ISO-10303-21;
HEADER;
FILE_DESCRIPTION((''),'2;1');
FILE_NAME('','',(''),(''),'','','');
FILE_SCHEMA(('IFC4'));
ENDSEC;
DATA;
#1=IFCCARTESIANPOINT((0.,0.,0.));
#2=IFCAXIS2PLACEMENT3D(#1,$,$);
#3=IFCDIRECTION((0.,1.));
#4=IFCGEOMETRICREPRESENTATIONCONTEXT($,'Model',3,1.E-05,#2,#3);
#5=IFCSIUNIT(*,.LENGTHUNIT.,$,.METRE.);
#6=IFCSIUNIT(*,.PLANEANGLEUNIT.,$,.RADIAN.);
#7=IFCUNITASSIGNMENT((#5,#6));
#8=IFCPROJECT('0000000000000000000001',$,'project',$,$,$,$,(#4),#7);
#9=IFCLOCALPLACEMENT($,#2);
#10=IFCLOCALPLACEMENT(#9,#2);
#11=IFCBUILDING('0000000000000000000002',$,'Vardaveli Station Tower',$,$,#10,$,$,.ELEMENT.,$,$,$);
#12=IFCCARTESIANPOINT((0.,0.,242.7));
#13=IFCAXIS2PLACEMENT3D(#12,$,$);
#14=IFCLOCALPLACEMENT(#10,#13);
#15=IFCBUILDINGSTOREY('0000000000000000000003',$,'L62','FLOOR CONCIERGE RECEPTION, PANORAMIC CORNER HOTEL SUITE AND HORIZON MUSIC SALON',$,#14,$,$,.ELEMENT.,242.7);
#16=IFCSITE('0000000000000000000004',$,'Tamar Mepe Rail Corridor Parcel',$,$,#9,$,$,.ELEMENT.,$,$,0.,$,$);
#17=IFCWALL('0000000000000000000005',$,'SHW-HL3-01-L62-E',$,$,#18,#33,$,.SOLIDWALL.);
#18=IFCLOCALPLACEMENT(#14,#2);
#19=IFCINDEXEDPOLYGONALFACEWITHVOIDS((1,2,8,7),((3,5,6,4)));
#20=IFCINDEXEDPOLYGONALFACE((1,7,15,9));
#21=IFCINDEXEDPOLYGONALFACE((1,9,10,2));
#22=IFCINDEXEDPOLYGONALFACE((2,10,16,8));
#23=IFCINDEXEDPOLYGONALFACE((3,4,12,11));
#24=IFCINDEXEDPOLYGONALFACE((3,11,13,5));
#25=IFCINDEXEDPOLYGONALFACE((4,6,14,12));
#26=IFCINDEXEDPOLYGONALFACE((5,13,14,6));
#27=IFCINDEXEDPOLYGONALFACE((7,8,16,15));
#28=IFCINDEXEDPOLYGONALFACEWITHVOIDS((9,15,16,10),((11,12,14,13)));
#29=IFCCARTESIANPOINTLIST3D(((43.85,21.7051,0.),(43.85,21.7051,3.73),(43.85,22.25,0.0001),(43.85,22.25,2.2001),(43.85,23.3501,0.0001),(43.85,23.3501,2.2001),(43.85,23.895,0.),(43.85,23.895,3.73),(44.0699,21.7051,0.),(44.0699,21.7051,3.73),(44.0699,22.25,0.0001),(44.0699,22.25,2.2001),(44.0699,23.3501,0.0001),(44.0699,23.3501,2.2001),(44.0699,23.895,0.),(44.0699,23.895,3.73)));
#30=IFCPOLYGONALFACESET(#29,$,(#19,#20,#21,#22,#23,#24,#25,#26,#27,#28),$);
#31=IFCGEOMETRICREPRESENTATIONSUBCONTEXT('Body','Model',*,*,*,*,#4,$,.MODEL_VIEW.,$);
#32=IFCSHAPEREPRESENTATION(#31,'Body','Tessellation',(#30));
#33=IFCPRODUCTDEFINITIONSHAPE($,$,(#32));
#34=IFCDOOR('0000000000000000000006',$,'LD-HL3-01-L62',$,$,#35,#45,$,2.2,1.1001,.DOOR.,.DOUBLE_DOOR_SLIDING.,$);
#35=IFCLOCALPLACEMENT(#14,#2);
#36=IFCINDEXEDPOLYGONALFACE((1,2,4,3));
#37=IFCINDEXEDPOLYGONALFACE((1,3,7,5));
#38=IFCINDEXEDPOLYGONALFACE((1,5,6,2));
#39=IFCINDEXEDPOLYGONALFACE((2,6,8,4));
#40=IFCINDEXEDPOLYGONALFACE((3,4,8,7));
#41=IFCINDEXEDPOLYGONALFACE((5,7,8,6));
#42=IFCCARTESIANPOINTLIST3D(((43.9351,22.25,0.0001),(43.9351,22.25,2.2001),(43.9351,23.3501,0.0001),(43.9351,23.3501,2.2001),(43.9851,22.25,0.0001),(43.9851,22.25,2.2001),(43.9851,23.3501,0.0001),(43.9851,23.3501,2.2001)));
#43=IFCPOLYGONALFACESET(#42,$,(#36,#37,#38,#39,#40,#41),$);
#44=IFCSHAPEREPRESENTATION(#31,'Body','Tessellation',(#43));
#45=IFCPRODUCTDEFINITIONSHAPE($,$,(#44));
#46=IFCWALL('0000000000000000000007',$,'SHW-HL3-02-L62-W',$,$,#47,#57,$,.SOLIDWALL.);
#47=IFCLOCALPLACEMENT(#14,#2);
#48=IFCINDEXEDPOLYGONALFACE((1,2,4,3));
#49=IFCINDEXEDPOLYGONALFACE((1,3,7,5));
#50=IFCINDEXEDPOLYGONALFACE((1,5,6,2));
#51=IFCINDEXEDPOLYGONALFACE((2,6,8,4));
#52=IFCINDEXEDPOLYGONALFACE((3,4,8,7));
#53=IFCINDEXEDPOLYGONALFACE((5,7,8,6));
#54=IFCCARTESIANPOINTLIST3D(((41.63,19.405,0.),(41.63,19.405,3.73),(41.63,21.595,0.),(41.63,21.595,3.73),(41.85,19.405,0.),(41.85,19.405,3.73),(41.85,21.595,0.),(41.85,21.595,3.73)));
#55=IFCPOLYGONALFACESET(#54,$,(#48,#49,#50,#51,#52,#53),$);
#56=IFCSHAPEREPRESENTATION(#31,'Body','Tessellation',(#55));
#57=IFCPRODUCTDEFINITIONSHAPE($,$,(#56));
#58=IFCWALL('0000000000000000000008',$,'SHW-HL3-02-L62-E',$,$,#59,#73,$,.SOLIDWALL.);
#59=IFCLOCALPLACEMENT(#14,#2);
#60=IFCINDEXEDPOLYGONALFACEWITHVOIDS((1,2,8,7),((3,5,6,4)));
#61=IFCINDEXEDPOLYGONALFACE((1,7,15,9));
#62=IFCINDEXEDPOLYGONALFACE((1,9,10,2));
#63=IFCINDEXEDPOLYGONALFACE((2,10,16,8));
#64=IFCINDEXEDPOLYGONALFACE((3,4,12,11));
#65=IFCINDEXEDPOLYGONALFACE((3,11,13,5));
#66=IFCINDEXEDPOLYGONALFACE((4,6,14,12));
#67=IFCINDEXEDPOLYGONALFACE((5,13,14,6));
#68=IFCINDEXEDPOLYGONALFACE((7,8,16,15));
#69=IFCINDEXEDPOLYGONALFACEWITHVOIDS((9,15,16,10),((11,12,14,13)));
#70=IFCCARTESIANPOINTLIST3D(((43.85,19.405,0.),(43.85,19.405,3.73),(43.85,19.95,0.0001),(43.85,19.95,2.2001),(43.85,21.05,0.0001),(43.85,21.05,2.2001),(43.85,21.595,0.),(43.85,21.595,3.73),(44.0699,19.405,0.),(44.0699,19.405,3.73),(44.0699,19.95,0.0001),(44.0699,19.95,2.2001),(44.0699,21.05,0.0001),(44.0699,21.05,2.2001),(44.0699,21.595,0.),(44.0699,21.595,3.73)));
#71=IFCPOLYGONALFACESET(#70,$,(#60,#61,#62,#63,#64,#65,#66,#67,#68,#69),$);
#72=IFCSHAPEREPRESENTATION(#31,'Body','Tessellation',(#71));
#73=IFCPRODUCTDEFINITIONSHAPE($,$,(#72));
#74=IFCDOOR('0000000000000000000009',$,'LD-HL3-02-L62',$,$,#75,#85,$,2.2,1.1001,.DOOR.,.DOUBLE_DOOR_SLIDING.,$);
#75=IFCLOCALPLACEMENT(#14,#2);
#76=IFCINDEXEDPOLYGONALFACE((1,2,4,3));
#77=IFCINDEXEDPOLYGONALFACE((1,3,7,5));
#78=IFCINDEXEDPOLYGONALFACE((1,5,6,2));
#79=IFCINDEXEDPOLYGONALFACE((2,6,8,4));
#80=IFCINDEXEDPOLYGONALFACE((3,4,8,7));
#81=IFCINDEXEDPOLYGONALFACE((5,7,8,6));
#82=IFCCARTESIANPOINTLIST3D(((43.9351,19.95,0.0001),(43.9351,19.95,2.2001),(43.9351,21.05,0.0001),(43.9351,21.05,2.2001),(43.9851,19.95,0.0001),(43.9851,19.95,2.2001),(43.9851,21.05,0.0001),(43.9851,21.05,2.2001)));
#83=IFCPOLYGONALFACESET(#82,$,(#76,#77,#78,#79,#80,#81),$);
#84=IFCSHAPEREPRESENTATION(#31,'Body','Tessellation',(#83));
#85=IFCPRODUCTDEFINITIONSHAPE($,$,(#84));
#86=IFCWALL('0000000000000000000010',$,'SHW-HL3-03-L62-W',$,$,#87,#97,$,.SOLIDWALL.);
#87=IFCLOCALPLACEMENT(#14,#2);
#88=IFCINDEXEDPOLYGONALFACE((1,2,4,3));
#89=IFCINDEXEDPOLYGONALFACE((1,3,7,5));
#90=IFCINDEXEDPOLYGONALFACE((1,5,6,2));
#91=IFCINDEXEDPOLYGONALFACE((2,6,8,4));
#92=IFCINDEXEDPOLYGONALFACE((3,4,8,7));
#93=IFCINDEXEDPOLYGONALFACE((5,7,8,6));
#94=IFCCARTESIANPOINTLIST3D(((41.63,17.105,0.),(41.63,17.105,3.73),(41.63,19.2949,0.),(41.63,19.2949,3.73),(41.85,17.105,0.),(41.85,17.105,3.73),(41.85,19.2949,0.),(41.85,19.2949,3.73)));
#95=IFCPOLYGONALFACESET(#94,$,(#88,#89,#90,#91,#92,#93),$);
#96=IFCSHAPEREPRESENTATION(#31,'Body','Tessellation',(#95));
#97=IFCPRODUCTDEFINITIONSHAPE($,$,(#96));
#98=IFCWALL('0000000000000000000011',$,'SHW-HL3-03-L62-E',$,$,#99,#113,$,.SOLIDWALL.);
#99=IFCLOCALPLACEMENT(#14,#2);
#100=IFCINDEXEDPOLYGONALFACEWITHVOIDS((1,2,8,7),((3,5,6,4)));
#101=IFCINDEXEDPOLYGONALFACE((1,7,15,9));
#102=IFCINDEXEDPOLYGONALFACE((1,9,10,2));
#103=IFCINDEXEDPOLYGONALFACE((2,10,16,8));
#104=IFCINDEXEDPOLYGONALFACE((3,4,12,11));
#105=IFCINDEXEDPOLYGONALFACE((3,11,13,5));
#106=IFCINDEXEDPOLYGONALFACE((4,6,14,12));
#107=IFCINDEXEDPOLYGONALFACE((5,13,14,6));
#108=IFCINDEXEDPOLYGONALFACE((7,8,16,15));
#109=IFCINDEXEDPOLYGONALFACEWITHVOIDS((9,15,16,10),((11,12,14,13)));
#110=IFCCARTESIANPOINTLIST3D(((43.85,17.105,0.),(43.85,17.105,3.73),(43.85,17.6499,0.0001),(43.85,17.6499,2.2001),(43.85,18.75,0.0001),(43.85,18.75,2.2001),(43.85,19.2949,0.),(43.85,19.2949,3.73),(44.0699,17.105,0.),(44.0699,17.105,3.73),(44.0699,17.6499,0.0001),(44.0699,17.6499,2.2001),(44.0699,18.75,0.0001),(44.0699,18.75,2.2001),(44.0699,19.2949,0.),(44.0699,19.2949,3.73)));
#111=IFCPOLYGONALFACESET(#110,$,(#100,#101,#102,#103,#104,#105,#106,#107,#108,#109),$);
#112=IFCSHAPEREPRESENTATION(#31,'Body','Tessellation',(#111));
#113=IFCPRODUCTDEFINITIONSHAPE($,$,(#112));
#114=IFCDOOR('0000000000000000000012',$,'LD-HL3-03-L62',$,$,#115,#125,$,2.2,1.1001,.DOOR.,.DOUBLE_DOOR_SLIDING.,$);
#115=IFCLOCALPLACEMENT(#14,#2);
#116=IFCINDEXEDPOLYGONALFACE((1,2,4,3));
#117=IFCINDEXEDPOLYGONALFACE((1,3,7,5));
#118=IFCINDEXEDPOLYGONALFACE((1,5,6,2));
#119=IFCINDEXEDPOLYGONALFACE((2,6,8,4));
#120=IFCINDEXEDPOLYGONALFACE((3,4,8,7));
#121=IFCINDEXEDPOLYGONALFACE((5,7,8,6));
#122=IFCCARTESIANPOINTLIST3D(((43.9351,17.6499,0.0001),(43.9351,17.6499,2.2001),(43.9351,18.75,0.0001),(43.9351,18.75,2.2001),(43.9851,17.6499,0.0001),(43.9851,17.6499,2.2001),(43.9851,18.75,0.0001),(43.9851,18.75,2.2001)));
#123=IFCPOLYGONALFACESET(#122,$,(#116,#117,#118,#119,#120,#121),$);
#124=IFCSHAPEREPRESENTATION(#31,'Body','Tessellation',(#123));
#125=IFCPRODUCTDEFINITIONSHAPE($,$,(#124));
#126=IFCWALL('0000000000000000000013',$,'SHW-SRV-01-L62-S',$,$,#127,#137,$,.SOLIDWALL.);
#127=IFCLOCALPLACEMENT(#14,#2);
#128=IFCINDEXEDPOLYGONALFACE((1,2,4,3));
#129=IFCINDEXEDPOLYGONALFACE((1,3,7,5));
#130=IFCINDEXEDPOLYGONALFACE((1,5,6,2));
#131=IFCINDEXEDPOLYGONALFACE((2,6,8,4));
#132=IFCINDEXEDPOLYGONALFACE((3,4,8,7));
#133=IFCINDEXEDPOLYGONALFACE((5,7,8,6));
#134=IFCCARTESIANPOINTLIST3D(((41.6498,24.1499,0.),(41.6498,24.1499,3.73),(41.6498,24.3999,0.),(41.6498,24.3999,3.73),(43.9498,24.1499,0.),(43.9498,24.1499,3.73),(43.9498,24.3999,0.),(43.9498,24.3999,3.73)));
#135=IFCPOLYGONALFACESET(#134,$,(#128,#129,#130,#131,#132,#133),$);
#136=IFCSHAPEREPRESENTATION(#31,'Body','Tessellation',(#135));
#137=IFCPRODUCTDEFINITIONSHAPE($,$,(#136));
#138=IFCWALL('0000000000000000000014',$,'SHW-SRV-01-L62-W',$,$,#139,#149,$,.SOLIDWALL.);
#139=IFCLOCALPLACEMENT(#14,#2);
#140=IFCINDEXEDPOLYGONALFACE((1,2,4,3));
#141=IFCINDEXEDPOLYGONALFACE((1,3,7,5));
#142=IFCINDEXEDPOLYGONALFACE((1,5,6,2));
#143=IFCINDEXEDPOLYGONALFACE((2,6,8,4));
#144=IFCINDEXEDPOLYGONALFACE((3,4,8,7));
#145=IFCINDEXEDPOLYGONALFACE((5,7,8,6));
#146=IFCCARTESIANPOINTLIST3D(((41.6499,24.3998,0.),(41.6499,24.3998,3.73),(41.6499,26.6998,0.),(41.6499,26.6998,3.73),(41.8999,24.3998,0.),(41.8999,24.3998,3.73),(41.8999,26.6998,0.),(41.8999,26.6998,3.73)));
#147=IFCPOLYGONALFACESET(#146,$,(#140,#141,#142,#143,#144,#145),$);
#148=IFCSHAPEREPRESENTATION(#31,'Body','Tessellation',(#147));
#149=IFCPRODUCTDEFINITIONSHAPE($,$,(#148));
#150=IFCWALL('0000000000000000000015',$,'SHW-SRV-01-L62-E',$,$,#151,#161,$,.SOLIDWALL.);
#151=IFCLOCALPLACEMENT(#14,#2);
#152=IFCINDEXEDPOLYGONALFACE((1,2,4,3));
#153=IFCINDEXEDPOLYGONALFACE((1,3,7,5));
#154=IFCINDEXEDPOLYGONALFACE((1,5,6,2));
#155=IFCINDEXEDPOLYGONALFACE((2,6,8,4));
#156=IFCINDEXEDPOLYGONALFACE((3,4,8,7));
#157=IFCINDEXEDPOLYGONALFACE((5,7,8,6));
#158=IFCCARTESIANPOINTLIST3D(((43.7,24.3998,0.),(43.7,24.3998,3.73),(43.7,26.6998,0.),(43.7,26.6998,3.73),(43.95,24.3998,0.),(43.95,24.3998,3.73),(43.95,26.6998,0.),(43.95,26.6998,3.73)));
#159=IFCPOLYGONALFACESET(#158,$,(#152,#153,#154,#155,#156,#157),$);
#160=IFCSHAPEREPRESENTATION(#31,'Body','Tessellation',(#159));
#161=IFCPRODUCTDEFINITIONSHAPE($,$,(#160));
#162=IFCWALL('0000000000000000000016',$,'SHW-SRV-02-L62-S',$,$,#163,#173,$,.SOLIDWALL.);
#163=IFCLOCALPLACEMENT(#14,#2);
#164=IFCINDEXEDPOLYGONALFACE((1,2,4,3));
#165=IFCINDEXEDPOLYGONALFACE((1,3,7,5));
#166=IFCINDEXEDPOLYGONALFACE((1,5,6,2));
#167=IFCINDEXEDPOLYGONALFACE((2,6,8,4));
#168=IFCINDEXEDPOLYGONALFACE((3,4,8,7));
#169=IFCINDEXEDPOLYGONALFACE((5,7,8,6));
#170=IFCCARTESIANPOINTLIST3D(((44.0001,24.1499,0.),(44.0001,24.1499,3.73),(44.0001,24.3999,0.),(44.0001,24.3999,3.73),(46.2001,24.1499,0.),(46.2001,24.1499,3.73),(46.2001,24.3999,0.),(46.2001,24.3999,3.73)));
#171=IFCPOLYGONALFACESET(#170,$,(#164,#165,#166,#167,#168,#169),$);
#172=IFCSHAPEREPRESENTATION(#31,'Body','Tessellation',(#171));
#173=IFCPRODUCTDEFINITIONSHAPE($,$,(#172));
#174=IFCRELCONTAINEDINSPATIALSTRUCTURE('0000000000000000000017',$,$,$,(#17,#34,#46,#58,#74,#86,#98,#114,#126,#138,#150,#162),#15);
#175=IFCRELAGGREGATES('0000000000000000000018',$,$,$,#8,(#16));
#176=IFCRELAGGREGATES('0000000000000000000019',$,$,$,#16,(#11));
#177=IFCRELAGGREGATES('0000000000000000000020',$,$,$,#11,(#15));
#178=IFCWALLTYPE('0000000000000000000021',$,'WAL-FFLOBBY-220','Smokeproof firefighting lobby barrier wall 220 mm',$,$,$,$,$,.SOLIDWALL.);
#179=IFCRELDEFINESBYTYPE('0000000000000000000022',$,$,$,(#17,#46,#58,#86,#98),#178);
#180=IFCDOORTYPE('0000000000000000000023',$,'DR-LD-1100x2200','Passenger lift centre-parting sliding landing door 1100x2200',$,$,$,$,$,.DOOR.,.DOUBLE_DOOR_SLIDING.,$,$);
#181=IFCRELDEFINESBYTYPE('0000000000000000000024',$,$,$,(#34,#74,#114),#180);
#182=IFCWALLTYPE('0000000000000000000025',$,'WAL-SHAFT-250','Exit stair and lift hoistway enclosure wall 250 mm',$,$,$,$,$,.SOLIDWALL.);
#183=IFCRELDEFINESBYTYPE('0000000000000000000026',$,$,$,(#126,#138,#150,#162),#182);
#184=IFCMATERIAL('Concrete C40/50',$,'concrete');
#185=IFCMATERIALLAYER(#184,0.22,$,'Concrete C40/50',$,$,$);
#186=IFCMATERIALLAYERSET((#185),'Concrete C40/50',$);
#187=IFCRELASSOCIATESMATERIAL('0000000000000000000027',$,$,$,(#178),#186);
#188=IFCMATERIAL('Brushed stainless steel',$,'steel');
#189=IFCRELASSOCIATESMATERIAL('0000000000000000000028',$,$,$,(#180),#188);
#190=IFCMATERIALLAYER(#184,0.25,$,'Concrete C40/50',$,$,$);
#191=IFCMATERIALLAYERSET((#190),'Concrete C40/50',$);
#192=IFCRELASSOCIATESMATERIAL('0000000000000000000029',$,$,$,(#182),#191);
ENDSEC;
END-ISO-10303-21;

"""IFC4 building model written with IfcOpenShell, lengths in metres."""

from ifc_helpers import new_model, si_unit, direction, frame, frame_2d, origin, place, context, subcontext, project, spatial, rectangle, extrude, source, transform, mapped, material, layer, layer_set, type_object, element, fill, save


model = new_model("IFC4")

# Units and contexts
model_context = context("Model", 3, precision=1e-05, world=origin(), true_north=direction((0.0, 1.0)))
body_context = subcontext(model_context, "Body", "Model", "MODEL_VIEW")
ifc_project = project(units=[si_unit("LENGTHUNIT", "METRE"), si_unit("PLANEANGLEUNIT", "RADIAN")], contexts=[model_context])

# Site, building, storey
site_placement = place(None, origin())
site = spatial("IfcSite", under=ifc_project, at=site_placement, Name="Tamar Mepe Rail Corridor Parcel", CompositionType="ELEMENT", RefElevation=0.0)
building_placement = place(site_placement, origin())
building = spatial("IfcBuilding", under=site, at=building_placement, Name="Vardaveli Station Tower", CompositionType="ELEMENT")
storey_placement = place(building_placement, frame((0.0, 0.0, 242.7)))
storey = spatial("IfcBuildingStorey", under=building, at=storey_placement, Name="L62", Description="FLOOR CONCIERGE RECEPTION, PANORAMIC CORNER HOTEL SUITE AND HORIZON MUSIC SALON", CompositionType="ELEMENT", Elevation=242.7)

# Shared definitions
ifc_material_1 = material(Name="Concrete C40/50", Category="concrete")
ifc_layer_1 = layer(ifc_material_1, 0.22, Name="Concrete C40/50")
ifc_layer_set_1 = layer_set([ifc_layer_1], Name="Concrete C40/50")
wall_type_1 = type_object("IfcWallType", Name="WAL-FFLOBBY-220", Description="Smokeproof firefighting lobby barrier wall 220 mm", PredefinedType="SOLIDWALL", material=ifc_layer_set_1)
shared_shape_1 = source(origin(), body_context, "Body", "SweptSolid", [
    extrude(rectangle(XDim=2.1899, YDim=0.22, at=frame_2d((1.095, 0.0))), origin(), (0.0, 0.0, 1.0), 3.73),
])

# Wall, opening, door
wall_1_placement = place(storey_placement, frame((43.96, 21.7051, 0.0), z_axis=(0.0, 0.0, 1.0), x_axis=(0.0, 1.0, 0.0)))
wall_1 = element("IfcWall", 1, at=wall_1_placement, inside=storey, type_object=wall_type_1, Name="SHW-HL3-01-L62-E", PredefinedType="SOLIDWALL", context=body_context, shape_type="MappedRepresentation", body=[
    mapped(shared_shape_1, transform((0.0, 0.0, 0.0), scale=1.0)),
])
shared_shape_2 = source(origin(), body_context, "Body", "SweptSolid", [
    extrude(rectangle(XDim=1.1001, YDim=2.2, at=frame_2d((0.55, 1.1001))), frame((0.0, 0.1201, 0.0), z_axis=(0.0, -1.0, 0.0), x_axis=(1.0, 0.0, 0.0)), (0.0, 0.0, 1.0), 0.24),
])
opening_1_placement = place(wall_1_placement, frame((0.5449, 0.0, 0.0)))
opening_1 = element("IfcOpeningElement", 2, at=opening_1_placement, cuts=wall_1, PredefinedType="OPENING", context=body_context, shape_type="MappedRepresentation", body=[
    mapped(shared_shape_2, transform((0.0, 0.0, 0.0), scale=1.0)),
])
ifc_material_2 = material(Name="Brushed stainless steel", Category="steel")
door_type = type_object("IfcDoorType", Name="DR-LD-1100x2200", Description="Passenger lift centre-parting sliding landing door 1100x2200", OperationType="DOUBLE_DOOR_SLIDING", PredefinedType="DOOR", material=ifc_material_2)
shared_shape_3 = source(origin(), body_context, "Body", "SweptSolid", [
    extrude(rectangle(XDim=1.1001, YDim=2.2, at=frame_2d((0.55, 1.1001))), frame((0.0, 0.0249, 0.0), z_axis=(0.0, -1.0, 0.0), x_axis=(1.0, 0.0, 0.0)), (0.0, 0.0, 1.0), 0.05),
])
door_1_placement = place(opening_1_placement, origin())
door_1 = element("IfcDoor", 3, at=door_1_placement, inside=storey, type_object=door_type, Name="LD-HL3-01-L62", OperationType="DOUBLE_DOOR_SLIDING", OverallHeight=2.2, OverallWidth=1.1001, PredefinedType="DOOR", context=body_context, shape_type="MappedRepresentation", body=[
    mapped(shared_shape_3, transform((0.0, 0.0, 0.0), scale=1.0)),
])
fill(opening_1, door_1)

# Wall
wall_2_placement = place(storey_placement, frame((41.74, 19.405, 0.0), z_axis=(0.0, 0.0, 1.0), x_axis=(0.0, 1.0, 0.0)))
element("IfcWall", 4, at=wall_2_placement, inside=storey, type_object=wall_type_1, Name="SHW-HL3-02-L62-W", PredefinedType="SOLIDWALL", context=body_context, shape_type="MappedRepresentation", body=[
    mapped(shared_shape_1, transform((0.0, 0.0, 0.0), scale=1.0)),
])

# Wall, opening, door
wall_3_placement = place(storey_placement, frame((43.96, 19.405, 0.0), z_axis=(0.0, 0.0, 1.0), x_axis=(0.0, 1.0, 0.0)))
wall_3 = element("IfcWall", 5, at=wall_3_placement, inside=storey, type_object=wall_type_1, Name="SHW-HL3-02-L62-E", PredefinedType="SOLIDWALL", context=body_context, shape_type="MappedRepresentation", body=[
    mapped(shared_shape_1, transform((0.0, 0.0, 0.0), scale=1.0)),
])
opening_2_placement = place(wall_3_placement, frame((0.5449, 0.0, 0.0)))
opening_2 = element("IfcOpeningElement", 6, at=opening_2_placement, cuts=wall_3, PredefinedType="OPENING", context=body_context, shape_type="MappedRepresentation", body=[
    mapped(shared_shape_2, transform((0.0, 0.0, 0.0), scale=1.0)),
])
door_2_placement = place(opening_2_placement, origin())
door_2 = element("IfcDoor", 7, at=door_2_placement, inside=storey, type_object=door_type, Name="LD-HL3-02-L62", OperationType="DOUBLE_DOOR_SLIDING", OverallHeight=2.2, OverallWidth=1.1001, PredefinedType="DOOR", context=body_context, shape_type="MappedRepresentation", body=[
    mapped(shared_shape_3, transform((0.0, 0.0, 0.0), scale=1.0)),
])
fill(opening_2, door_2)

# Wall
wall_4_placement = place(storey_placement, frame((41.74, 17.105, 0.0), z_axis=(0.0, 0.0, 1.0), x_axis=(0.0, 1.0, 0.0)))
element("IfcWall", 8, at=wall_4_placement, inside=storey, type_object=wall_type_1, Name="SHW-HL3-03-L62-W", PredefinedType="SOLIDWALL", context=body_context, shape_type="MappedRepresentation", body=[
    mapped(shared_shape_1, transform((0.0, 0.0, 0.0), scale=1.0)),
])

# Wall, opening, door
wall_5_placement = place(storey_placement, frame((43.96, 17.105, 0.0), z_axis=(0.0, 0.0, 1.0), x_axis=(0.0, 1.0, 0.0)))
wall_5 = element("IfcWall", 9, at=wall_5_placement, inside=storey, type_object=wall_type_1, Name="SHW-HL3-03-L62-E", PredefinedType="SOLIDWALL", context=body_context, shape_type="MappedRepresentation", body=[
    mapped(shared_shape_1, transform((0.0, 0.0, 0.0), scale=1.0)),
])
opening_3_placement = place(wall_5_placement, frame((0.5449, 0.0, 0.0)))
opening_3 = element("IfcOpeningElement", 10, at=opening_3_placement, cuts=wall_5, PredefinedType="OPENING", context=body_context, shape_type="MappedRepresentation", body=[
    mapped(shared_shape_2, transform((0.0, 0.0, 0.0), scale=1.0)),
])
door_3_placement = place(opening_3_placement, origin())
door_3 = element("IfcDoor", 11, at=door_3_placement, inside=storey, type_object=door_type, Name="LD-HL3-03-L62", OperationType="DOUBLE_DOOR_SLIDING", OverallHeight=2.2, OverallWidth=1.1001, PredefinedType="DOOR", context=body_context, shape_type="MappedRepresentation", body=[
    mapped(shared_shape_3, transform((0.0, 0.0, 0.0), scale=1.0)),
])
fill(opening_3, door_3)

# Walls
ifc_layer_2 = layer(ifc_material_1, 0.25, Name="Concrete C40/50")
ifc_layer_set_2 = layer_set([ifc_layer_2], Name="Concrete C40/50")
wall_type_2 = type_object("IfcWallType", Name="WAL-SHAFT-250", Description="Exit stair and lift hoistway enclosure wall 250 mm", PredefinedType="SOLIDWALL", material=ifc_layer_set_2)
shared_shape_4 = source(origin(), body_context, "Body", "SweptSolid", [
    extrude(rectangle(XDim=2.3, YDim=0.25, at=frame_2d((1.1499, 0.0))), origin(), (0.0, 0.0, 1.0), 3.73),
])
for number, where, z_axis, x_axis, name in (
    (12, (41.6499, 24.2749, 0.0), (0.0, 0.0, 1.0), (1.0, 0.0, 0.0), "SHW-SRV-01-L62-S"),
    (13, (41.7749, 24.3999, 0.0), (0.0, 0.0, 1.0), (0.0, 1.0, 0.0), "SHW-SRV-01-L62-W"),
    (14, (43.825, 24.3999, 0.0), (0.0, 0.0, 1.0), (0.0, 1.0, 0.0), "SHW-SRV-01-L62-E"),
):
    element("IfcWall", number, at=place(storey_placement, frame(where, z_axis=z_axis, x_axis=x_axis)), inside=storey, type_object=wall_type_2, Name=name, PredefinedType="SOLIDWALL", context=body_context, shape_type="MappedRepresentation", body=[
        mapped(shared_shape_4, transform((0.0, 0.0, 0.0), scale=1.0)),
    ])
shared_shape_5 = source(origin(), body_context, "Body", "SweptSolid", [
    extrude(rectangle(XDim=2.2, YDim=0.25, at=frame_2d((1.1001, 0.0))), origin(), (0.0, 0.0, 1.0), 3.73),
])
wall_6_placement = place(storey_placement, frame((44.0, 24.2749, 0.0), z_axis=(0.0, 0.0, 1.0), x_axis=(1.0, 0.0, 0.0)))
element("IfcWall", 15, at=wall_6_placement, inside=storey, type_object=wall_type_2, Name="SHW-SRV-02-L62-S", PredefinedType="SOLIDWALL", context=body_context, shape_type="MappedRepresentation", body=[
    mapped(shared_shape_5, transform((0.0, 0.0, 0.0), scale=1.0)),
])

save(model, "model.ifc")
